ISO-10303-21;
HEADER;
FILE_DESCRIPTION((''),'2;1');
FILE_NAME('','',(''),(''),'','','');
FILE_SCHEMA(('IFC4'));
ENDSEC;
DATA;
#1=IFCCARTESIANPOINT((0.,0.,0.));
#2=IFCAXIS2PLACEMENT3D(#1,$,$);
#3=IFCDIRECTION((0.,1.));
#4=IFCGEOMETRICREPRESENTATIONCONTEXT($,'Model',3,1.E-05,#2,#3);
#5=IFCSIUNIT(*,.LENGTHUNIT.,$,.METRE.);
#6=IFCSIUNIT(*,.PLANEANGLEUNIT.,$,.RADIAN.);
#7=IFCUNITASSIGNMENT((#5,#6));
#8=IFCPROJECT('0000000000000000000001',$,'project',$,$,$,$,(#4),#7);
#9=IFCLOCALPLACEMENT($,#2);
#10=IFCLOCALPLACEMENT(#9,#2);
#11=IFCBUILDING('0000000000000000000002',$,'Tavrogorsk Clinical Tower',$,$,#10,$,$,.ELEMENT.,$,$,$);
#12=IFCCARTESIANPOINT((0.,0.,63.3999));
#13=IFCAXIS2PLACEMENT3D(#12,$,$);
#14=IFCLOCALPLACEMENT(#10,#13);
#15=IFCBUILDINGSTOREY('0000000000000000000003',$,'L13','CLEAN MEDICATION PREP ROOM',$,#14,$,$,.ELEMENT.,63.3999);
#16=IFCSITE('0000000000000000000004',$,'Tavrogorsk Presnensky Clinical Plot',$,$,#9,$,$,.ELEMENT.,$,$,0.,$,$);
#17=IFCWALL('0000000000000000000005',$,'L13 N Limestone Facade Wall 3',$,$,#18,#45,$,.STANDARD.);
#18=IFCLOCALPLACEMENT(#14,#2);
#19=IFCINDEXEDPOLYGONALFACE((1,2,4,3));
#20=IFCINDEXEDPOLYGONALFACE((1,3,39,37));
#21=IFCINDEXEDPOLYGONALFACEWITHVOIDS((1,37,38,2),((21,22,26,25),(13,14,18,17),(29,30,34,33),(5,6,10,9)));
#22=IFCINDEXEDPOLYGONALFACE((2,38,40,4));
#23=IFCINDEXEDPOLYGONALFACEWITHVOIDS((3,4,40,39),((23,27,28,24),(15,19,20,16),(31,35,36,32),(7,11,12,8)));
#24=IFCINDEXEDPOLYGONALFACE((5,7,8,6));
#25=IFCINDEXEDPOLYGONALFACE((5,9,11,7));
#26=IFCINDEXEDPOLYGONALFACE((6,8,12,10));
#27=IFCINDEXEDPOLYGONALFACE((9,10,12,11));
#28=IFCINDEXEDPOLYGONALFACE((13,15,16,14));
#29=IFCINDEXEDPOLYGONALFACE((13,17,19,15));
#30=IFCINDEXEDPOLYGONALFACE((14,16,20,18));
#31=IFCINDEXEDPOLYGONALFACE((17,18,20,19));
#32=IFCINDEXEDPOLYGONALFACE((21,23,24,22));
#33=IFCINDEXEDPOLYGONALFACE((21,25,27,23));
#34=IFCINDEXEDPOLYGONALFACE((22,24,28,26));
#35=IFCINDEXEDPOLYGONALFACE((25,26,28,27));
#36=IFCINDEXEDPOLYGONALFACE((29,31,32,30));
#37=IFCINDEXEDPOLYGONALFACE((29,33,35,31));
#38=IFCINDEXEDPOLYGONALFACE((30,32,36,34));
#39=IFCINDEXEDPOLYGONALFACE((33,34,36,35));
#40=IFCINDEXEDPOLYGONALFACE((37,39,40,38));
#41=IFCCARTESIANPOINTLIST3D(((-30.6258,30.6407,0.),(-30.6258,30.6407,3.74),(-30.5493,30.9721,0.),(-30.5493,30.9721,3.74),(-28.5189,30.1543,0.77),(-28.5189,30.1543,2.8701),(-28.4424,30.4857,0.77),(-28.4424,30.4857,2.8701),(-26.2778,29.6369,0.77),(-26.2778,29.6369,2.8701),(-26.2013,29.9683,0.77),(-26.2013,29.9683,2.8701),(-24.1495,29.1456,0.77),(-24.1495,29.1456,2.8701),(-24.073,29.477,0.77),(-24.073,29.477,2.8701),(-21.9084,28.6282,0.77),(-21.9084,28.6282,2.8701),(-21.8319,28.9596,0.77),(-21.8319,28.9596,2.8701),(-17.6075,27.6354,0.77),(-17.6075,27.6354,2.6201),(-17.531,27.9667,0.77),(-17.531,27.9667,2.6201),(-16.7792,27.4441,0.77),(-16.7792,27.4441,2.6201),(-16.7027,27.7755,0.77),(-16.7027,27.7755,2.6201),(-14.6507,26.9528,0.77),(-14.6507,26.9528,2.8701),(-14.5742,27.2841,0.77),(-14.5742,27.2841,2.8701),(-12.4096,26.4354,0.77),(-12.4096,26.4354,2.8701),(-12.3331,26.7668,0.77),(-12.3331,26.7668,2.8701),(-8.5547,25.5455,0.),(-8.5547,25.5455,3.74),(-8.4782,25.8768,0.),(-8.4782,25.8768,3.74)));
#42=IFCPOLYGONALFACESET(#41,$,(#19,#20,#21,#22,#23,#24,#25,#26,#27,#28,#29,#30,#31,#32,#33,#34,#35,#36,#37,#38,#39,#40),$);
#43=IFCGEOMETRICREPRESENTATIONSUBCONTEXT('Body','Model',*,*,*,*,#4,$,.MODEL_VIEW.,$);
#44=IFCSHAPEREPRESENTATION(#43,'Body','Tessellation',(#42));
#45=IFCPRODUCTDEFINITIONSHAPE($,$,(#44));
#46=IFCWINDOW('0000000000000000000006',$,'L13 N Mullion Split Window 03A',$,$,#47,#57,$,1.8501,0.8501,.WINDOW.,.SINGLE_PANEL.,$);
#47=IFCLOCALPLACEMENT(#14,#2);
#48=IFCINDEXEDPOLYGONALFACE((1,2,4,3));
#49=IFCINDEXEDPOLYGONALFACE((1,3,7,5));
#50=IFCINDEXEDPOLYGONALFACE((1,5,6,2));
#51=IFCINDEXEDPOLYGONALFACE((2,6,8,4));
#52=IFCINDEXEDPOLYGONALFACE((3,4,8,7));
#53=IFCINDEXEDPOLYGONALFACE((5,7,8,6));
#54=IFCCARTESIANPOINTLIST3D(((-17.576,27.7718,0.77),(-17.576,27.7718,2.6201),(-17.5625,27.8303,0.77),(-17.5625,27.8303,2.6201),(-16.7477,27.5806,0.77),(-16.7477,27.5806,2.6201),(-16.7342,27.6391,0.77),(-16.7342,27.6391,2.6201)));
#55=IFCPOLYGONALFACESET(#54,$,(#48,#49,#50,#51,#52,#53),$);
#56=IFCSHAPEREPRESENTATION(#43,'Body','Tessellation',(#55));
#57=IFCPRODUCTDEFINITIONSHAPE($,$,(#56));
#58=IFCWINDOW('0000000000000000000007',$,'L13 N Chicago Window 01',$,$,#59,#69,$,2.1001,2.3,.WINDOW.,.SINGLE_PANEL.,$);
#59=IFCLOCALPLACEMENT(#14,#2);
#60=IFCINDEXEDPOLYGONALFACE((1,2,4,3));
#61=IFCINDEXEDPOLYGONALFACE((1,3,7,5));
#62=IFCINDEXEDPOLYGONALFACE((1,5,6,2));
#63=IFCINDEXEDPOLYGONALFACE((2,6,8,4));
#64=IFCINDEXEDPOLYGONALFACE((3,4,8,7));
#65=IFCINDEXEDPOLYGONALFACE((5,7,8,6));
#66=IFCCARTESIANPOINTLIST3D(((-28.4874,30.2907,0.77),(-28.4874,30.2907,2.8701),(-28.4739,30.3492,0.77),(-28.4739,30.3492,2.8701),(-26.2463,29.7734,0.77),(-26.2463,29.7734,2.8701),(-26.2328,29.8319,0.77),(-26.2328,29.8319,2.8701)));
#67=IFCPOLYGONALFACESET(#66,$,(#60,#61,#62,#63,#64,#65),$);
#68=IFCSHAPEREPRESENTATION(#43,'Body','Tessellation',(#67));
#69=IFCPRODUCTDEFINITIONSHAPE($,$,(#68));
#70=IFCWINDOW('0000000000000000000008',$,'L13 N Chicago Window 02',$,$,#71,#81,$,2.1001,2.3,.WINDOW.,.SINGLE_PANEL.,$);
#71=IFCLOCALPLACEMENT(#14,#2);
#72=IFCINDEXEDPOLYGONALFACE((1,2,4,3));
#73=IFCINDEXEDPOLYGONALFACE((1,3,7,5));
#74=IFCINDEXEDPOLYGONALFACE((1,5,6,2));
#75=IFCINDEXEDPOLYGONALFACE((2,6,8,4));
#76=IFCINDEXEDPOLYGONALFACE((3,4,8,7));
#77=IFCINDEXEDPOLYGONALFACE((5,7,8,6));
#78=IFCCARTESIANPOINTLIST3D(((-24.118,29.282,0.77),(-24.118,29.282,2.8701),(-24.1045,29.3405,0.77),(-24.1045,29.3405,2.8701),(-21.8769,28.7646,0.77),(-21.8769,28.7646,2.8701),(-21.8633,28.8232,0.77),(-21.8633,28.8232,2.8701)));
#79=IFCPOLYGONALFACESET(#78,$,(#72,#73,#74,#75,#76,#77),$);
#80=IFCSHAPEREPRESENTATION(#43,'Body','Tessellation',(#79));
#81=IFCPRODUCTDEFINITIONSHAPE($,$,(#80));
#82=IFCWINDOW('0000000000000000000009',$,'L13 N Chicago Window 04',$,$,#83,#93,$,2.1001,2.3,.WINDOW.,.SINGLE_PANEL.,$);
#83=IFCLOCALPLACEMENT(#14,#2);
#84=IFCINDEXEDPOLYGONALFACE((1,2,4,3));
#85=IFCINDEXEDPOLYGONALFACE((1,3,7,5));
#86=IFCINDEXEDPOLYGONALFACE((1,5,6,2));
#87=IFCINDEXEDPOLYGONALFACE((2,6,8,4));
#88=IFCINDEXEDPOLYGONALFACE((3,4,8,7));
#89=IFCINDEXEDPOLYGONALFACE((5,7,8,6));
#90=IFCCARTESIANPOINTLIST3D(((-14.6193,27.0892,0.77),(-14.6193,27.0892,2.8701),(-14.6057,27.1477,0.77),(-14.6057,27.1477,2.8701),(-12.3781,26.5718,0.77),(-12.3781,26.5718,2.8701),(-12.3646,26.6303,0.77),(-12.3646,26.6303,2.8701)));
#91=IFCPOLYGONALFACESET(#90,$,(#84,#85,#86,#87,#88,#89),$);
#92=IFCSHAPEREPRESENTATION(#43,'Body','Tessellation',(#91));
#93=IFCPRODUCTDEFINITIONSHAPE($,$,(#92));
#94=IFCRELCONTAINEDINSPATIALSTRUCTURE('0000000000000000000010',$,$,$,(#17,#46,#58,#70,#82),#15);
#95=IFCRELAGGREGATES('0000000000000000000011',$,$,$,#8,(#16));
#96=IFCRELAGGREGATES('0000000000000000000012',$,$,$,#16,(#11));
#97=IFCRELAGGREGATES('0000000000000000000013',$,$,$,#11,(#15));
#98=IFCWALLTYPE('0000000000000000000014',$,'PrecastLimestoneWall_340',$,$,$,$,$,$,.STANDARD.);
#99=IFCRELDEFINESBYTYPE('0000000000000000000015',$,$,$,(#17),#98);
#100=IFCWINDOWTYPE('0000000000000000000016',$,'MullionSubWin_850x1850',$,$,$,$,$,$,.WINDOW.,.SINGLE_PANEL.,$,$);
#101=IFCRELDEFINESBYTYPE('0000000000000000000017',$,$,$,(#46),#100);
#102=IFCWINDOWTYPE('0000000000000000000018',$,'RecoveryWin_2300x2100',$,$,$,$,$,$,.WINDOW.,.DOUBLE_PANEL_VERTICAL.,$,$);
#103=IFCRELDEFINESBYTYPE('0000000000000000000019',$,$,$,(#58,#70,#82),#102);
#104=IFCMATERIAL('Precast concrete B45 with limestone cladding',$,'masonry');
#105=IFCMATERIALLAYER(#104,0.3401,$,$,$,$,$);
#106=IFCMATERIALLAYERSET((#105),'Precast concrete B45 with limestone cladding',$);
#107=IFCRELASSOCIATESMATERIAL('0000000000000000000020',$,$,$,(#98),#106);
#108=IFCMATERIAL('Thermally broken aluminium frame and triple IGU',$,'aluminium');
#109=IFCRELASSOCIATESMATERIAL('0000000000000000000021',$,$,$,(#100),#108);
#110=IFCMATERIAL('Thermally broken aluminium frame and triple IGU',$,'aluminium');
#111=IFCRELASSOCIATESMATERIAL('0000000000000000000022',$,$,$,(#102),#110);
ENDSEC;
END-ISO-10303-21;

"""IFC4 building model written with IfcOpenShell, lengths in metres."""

from ifc_helpers import new_model, si_unit, direction, frame, frame_2d, origin, place, context, subcontext, project, spatial, rectangle, extrude, material, layer, layer_set, type_object, element, fill, save


model = new_model("IFC4")

# Units and contexts
model_context = context("Model", 3, precision=1e-05, world=origin(), true_north=direction((0.0, 1.0)))
body_context = subcontext(model_context, "Body", "Model", "MODEL_VIEW")
ifc_project = project(units=[si_unit("LENGTHUNIT", "METRE"), si_unit("PLANEANGLEUNIT", "RADIAN")], contexts=[model_context])

# Site, building, storey
site_placement = place(None, origin())
site = spatial("IfcSite", under=ifc_project, at=site_placement, Name="Tavrogorsk Presnensky Clinical Plot", CompositionType="ELEMENT", RefElevation=0.0)
building_placement = place(site_placement, origin())
building = spatial("IfcBuilding", under=site, at=building_placement, Name="Tavrogorsk Clinical Tower", CompositionType="ELEMENT")
storey_placement = place(building_placement, frame((0.0, 0.0, 63.3999)))
storey = spatial("IfcBuildingStorey", under=building, at=storey_placement, Name="L13", Description="CLEAN MEDICATION PREP ROOM", CompositionType="ELEMENT", Elevation=63.3999)

# Wall, openings, windows
ifc_material_1 = material(Name="Precast concrete B45 with limestone cladding", Category="masonry")
ifc_layer_1 = layer(ifc_material_1, 0.3401)
ifc_layer_set_1 = layer_set([ifc_layer_1], Name="Precast concrete B45 with limestone cladding")
wall_type_1 = type_object("IfcWallType", Name="PrecastLimestoneWall_340", PredefinedType="STANDARD", material=ifc_layer_set_1)
wall_1_placement = place(storey_placement, frame((-8.5166, 25.7112, 0.0), z_axis=(0.0, 0.0, 1.0), x_axis=(-0.974373, 0.224939, 0.0)))
wall_1 = element("IfcWall", 1, at=wall_1_placement, inside=storey, type_object=wall_type_1, Name="L13 N Limestone Facade Wall 3", PredefinedType="STANDARD", context=body_context, shape_type="SweptSolid", body=[
    extrude(rectangle(XDim=22.6516, YDim=0.3401, at=frame_2d((11.3257, 0.0))), origin(), (0.0, 0.0, 1.0), 3.74),
])
opening_1_placement = place(wall_1_placement, frame((18.1892, 0.0, 0.77)))
opening_1 = element("IfcOpeningElement", 2, at=opening_1_placement, cuts=wall_1, PredefinedType="OPENING", context=body_context, shape_type="SweptSolid", body=[
    extrude(rectangle(XDim=2.3, YDim=2.1001, at=frame_2d((1.1499, 1.05))), frame((0.0, 0.1799, 0.0), z_axis=(0.0, -1.0, 0.0), x_axis=(1.0, 0.0, 0.0)), (0.0, 0.0, 1.0), 0.3601),
])
opening_2_placement = place(wall_1_placement, frame((13.7048, 0.0, 0.77)))
opening_2 = element("IfcOpeningElement", 3, at=opening_2_placement, cuts=wall_1, PredefinedType="OPENING", context=body_context, shape_type="SweptSolid", body=[
    extrude(rectangle(XDim=2.3, YDim=2.1001, at=frame_2d((1.1499, 1.05))), frame((0.0, 0.1799, 0.0), z_axis=(0.0, -1.0, 0.0), x_axis=(1.0, 0.0, 0.0)), (0.0, 0.0, 1.0), 0.3601),
])
opening_3_placement = place(wall_1_placement, frame((8.4407, 0.0, 0.77)))
opening_3 = element("IfcOpeningElement", 4, at=opening_3_placement, cuts=wall_1, PredefinedType="OPENING", context=body_context, shape_type="SweptSolid", body=[
    extrude(rectangle(XDim=0.8501, YDim=1.8501, at=frame_2d((0.425, 0.925))), frame((0.0, 0.1799, 0.0), z_axis=(0.0, -1.0, 0.0), x_axis=(1.0, 0.0, 0.0)), (0.0, 0.0, 1.0), 0.3601),
])
opening_4_placement = place(wall_1_placement, frame((3.9563, 0.0, 0.77)))
opening_4 = element("IfcOpeningElement", 5, at=opening_4_placement, cuts=wall_1, PredefinedType="OPENING", context=body_context, shape_type="SweptSolid", body=[
    extrude(rectangle(XDim=2.3, YDim=2.1001, at=frame_2d((1.1499, 1.05))), frame((0.0, 0.1799, 0.0), z_axis=(0.0, -1.0, 0.0), x_axis=(1.0, 0.0, 0.0)), (0.0, 0.0, 1.0), 0.3601),
])
ifc_material_2 = material(Name="Thermally broken aluminium frame and triple IGU", Category="aluminium")
window_type_1 = type_object("IfcWindowType", Name="MullionSubWin_850x1850", PartitioningType="SINGLE_PANEL", PredefinedType="WINDOW", material=ifc_material_2)
window_1_placement = place(opening_3_placement, origin())
window_1 = element("IfcWindow", 6, at=window_1_placement, inside=storey, type_object=window_type_1, Name="L13 N Mullion Split Window 03A", OverallHeight=1.8501, OverallWidth=0.8501, PartitioningType="SINGLE_PANEL", PredefinedType="WINDOW", context=body_context, shape_type="SweptSolid", body=[
    extrude(rectangle(XDim=0.8501, YDim=1.8501, at=frame_2d((0.425, 0.925))), frame((0.0, 0.03, 0.0), z_axis=(0.0, -1.0, 0.0), x_axis=(1.0, 0.0, 0.0)), (0.0, 0.0, 1.0), 0.0601),
])
fill(opening_3, window_1)
ifc_material_3 = material(Name="Thermally broken aluminium frame and triple IGU", Category="aluminium")
window_type_2 = type_object("IfcWindowType", Name="RecoveryWin_2300x2100", PartitioningType="DOUBLE_PANEL_VERTICAL", PredefinedType="WINDOW", material=ifc_material_3)
window_2_placement = place(opening_1_placement, origin())
window_2 = element("IfcWindow", 7, at=window_2_placement, inside=storey, type_object=window_type_2, Name="L13 N Chicago Window 01", OverallHeight=2.1001, OverallWidth=2.3, PartitioningType="SINGLE_PANEL", PredefinedType="WINDOW", context=body_context, shape_type="SweptSolid", body=[
    extrude(rectangle(XDim=2.3, YDim=2.1001, at=frame_2d((1.1499, 1.05))), frame((0.0, 0.03, 0.0), z_axis=(0.0, -1.0, 0.0), x_axis=(1.0, 0.0, 0.0)), (0.0, 0.0, 1.0), 0.0601),
])
fill(opening_1, window_2)
window_3_placement = place(opening_2_placement, origin())
window_3 = element("IfcWindow", 8, at=window_3_placement, inside=storey, type_object=window_type_2, Name="L13 N Chicago Window 02", OverallHeight=2.1001, OverallWidth=2.3, PartitioningType="SINGLE_PANEL", PredefinedType="WINDOW", context=body_context, shape_type="SweptSolid", body=[
    extrude(rectangle(XDim=2.3, YDim=2.1001, at=frame_2d((1.1499, 1.05))), frame((0.0, 0.03, 0.0), z_axis=(0.0, -1.0, 0.0), x_axis=(1.0, 0.0, 0.0)), (0.0, 0.0, 1.0), 0.0601),
])
fill(opening_2, window_3)
window_4_placement = place(opening_4_placement, origin())
window_4 = element("IfcWindow", 9, at=window_4_placement, inside=storey, type_object=window_type_2, Name="L13 N Chicago Window 04", OverallHeight=2.1001, OverallWidth=2.3, PartitioningType="SINGLE_PANEL", PredefinedType="WINDOW", context=body_context, shape_type="SweptSolid", body=[
    extrude(rectangle(XDim=2.3, YDim=2.1001, at=frame_2d((1.1499, 1.05))), frame((0.0, 0.03, 0.0), z_axis=(0.0, -1.0, 0.0), x_axis=(1.0, 0.0, 0.0)), (0.0, 0.0, 1.0), 0.0601),
])
fill(opening_4, window_4)

save(model, "model.ifc")
